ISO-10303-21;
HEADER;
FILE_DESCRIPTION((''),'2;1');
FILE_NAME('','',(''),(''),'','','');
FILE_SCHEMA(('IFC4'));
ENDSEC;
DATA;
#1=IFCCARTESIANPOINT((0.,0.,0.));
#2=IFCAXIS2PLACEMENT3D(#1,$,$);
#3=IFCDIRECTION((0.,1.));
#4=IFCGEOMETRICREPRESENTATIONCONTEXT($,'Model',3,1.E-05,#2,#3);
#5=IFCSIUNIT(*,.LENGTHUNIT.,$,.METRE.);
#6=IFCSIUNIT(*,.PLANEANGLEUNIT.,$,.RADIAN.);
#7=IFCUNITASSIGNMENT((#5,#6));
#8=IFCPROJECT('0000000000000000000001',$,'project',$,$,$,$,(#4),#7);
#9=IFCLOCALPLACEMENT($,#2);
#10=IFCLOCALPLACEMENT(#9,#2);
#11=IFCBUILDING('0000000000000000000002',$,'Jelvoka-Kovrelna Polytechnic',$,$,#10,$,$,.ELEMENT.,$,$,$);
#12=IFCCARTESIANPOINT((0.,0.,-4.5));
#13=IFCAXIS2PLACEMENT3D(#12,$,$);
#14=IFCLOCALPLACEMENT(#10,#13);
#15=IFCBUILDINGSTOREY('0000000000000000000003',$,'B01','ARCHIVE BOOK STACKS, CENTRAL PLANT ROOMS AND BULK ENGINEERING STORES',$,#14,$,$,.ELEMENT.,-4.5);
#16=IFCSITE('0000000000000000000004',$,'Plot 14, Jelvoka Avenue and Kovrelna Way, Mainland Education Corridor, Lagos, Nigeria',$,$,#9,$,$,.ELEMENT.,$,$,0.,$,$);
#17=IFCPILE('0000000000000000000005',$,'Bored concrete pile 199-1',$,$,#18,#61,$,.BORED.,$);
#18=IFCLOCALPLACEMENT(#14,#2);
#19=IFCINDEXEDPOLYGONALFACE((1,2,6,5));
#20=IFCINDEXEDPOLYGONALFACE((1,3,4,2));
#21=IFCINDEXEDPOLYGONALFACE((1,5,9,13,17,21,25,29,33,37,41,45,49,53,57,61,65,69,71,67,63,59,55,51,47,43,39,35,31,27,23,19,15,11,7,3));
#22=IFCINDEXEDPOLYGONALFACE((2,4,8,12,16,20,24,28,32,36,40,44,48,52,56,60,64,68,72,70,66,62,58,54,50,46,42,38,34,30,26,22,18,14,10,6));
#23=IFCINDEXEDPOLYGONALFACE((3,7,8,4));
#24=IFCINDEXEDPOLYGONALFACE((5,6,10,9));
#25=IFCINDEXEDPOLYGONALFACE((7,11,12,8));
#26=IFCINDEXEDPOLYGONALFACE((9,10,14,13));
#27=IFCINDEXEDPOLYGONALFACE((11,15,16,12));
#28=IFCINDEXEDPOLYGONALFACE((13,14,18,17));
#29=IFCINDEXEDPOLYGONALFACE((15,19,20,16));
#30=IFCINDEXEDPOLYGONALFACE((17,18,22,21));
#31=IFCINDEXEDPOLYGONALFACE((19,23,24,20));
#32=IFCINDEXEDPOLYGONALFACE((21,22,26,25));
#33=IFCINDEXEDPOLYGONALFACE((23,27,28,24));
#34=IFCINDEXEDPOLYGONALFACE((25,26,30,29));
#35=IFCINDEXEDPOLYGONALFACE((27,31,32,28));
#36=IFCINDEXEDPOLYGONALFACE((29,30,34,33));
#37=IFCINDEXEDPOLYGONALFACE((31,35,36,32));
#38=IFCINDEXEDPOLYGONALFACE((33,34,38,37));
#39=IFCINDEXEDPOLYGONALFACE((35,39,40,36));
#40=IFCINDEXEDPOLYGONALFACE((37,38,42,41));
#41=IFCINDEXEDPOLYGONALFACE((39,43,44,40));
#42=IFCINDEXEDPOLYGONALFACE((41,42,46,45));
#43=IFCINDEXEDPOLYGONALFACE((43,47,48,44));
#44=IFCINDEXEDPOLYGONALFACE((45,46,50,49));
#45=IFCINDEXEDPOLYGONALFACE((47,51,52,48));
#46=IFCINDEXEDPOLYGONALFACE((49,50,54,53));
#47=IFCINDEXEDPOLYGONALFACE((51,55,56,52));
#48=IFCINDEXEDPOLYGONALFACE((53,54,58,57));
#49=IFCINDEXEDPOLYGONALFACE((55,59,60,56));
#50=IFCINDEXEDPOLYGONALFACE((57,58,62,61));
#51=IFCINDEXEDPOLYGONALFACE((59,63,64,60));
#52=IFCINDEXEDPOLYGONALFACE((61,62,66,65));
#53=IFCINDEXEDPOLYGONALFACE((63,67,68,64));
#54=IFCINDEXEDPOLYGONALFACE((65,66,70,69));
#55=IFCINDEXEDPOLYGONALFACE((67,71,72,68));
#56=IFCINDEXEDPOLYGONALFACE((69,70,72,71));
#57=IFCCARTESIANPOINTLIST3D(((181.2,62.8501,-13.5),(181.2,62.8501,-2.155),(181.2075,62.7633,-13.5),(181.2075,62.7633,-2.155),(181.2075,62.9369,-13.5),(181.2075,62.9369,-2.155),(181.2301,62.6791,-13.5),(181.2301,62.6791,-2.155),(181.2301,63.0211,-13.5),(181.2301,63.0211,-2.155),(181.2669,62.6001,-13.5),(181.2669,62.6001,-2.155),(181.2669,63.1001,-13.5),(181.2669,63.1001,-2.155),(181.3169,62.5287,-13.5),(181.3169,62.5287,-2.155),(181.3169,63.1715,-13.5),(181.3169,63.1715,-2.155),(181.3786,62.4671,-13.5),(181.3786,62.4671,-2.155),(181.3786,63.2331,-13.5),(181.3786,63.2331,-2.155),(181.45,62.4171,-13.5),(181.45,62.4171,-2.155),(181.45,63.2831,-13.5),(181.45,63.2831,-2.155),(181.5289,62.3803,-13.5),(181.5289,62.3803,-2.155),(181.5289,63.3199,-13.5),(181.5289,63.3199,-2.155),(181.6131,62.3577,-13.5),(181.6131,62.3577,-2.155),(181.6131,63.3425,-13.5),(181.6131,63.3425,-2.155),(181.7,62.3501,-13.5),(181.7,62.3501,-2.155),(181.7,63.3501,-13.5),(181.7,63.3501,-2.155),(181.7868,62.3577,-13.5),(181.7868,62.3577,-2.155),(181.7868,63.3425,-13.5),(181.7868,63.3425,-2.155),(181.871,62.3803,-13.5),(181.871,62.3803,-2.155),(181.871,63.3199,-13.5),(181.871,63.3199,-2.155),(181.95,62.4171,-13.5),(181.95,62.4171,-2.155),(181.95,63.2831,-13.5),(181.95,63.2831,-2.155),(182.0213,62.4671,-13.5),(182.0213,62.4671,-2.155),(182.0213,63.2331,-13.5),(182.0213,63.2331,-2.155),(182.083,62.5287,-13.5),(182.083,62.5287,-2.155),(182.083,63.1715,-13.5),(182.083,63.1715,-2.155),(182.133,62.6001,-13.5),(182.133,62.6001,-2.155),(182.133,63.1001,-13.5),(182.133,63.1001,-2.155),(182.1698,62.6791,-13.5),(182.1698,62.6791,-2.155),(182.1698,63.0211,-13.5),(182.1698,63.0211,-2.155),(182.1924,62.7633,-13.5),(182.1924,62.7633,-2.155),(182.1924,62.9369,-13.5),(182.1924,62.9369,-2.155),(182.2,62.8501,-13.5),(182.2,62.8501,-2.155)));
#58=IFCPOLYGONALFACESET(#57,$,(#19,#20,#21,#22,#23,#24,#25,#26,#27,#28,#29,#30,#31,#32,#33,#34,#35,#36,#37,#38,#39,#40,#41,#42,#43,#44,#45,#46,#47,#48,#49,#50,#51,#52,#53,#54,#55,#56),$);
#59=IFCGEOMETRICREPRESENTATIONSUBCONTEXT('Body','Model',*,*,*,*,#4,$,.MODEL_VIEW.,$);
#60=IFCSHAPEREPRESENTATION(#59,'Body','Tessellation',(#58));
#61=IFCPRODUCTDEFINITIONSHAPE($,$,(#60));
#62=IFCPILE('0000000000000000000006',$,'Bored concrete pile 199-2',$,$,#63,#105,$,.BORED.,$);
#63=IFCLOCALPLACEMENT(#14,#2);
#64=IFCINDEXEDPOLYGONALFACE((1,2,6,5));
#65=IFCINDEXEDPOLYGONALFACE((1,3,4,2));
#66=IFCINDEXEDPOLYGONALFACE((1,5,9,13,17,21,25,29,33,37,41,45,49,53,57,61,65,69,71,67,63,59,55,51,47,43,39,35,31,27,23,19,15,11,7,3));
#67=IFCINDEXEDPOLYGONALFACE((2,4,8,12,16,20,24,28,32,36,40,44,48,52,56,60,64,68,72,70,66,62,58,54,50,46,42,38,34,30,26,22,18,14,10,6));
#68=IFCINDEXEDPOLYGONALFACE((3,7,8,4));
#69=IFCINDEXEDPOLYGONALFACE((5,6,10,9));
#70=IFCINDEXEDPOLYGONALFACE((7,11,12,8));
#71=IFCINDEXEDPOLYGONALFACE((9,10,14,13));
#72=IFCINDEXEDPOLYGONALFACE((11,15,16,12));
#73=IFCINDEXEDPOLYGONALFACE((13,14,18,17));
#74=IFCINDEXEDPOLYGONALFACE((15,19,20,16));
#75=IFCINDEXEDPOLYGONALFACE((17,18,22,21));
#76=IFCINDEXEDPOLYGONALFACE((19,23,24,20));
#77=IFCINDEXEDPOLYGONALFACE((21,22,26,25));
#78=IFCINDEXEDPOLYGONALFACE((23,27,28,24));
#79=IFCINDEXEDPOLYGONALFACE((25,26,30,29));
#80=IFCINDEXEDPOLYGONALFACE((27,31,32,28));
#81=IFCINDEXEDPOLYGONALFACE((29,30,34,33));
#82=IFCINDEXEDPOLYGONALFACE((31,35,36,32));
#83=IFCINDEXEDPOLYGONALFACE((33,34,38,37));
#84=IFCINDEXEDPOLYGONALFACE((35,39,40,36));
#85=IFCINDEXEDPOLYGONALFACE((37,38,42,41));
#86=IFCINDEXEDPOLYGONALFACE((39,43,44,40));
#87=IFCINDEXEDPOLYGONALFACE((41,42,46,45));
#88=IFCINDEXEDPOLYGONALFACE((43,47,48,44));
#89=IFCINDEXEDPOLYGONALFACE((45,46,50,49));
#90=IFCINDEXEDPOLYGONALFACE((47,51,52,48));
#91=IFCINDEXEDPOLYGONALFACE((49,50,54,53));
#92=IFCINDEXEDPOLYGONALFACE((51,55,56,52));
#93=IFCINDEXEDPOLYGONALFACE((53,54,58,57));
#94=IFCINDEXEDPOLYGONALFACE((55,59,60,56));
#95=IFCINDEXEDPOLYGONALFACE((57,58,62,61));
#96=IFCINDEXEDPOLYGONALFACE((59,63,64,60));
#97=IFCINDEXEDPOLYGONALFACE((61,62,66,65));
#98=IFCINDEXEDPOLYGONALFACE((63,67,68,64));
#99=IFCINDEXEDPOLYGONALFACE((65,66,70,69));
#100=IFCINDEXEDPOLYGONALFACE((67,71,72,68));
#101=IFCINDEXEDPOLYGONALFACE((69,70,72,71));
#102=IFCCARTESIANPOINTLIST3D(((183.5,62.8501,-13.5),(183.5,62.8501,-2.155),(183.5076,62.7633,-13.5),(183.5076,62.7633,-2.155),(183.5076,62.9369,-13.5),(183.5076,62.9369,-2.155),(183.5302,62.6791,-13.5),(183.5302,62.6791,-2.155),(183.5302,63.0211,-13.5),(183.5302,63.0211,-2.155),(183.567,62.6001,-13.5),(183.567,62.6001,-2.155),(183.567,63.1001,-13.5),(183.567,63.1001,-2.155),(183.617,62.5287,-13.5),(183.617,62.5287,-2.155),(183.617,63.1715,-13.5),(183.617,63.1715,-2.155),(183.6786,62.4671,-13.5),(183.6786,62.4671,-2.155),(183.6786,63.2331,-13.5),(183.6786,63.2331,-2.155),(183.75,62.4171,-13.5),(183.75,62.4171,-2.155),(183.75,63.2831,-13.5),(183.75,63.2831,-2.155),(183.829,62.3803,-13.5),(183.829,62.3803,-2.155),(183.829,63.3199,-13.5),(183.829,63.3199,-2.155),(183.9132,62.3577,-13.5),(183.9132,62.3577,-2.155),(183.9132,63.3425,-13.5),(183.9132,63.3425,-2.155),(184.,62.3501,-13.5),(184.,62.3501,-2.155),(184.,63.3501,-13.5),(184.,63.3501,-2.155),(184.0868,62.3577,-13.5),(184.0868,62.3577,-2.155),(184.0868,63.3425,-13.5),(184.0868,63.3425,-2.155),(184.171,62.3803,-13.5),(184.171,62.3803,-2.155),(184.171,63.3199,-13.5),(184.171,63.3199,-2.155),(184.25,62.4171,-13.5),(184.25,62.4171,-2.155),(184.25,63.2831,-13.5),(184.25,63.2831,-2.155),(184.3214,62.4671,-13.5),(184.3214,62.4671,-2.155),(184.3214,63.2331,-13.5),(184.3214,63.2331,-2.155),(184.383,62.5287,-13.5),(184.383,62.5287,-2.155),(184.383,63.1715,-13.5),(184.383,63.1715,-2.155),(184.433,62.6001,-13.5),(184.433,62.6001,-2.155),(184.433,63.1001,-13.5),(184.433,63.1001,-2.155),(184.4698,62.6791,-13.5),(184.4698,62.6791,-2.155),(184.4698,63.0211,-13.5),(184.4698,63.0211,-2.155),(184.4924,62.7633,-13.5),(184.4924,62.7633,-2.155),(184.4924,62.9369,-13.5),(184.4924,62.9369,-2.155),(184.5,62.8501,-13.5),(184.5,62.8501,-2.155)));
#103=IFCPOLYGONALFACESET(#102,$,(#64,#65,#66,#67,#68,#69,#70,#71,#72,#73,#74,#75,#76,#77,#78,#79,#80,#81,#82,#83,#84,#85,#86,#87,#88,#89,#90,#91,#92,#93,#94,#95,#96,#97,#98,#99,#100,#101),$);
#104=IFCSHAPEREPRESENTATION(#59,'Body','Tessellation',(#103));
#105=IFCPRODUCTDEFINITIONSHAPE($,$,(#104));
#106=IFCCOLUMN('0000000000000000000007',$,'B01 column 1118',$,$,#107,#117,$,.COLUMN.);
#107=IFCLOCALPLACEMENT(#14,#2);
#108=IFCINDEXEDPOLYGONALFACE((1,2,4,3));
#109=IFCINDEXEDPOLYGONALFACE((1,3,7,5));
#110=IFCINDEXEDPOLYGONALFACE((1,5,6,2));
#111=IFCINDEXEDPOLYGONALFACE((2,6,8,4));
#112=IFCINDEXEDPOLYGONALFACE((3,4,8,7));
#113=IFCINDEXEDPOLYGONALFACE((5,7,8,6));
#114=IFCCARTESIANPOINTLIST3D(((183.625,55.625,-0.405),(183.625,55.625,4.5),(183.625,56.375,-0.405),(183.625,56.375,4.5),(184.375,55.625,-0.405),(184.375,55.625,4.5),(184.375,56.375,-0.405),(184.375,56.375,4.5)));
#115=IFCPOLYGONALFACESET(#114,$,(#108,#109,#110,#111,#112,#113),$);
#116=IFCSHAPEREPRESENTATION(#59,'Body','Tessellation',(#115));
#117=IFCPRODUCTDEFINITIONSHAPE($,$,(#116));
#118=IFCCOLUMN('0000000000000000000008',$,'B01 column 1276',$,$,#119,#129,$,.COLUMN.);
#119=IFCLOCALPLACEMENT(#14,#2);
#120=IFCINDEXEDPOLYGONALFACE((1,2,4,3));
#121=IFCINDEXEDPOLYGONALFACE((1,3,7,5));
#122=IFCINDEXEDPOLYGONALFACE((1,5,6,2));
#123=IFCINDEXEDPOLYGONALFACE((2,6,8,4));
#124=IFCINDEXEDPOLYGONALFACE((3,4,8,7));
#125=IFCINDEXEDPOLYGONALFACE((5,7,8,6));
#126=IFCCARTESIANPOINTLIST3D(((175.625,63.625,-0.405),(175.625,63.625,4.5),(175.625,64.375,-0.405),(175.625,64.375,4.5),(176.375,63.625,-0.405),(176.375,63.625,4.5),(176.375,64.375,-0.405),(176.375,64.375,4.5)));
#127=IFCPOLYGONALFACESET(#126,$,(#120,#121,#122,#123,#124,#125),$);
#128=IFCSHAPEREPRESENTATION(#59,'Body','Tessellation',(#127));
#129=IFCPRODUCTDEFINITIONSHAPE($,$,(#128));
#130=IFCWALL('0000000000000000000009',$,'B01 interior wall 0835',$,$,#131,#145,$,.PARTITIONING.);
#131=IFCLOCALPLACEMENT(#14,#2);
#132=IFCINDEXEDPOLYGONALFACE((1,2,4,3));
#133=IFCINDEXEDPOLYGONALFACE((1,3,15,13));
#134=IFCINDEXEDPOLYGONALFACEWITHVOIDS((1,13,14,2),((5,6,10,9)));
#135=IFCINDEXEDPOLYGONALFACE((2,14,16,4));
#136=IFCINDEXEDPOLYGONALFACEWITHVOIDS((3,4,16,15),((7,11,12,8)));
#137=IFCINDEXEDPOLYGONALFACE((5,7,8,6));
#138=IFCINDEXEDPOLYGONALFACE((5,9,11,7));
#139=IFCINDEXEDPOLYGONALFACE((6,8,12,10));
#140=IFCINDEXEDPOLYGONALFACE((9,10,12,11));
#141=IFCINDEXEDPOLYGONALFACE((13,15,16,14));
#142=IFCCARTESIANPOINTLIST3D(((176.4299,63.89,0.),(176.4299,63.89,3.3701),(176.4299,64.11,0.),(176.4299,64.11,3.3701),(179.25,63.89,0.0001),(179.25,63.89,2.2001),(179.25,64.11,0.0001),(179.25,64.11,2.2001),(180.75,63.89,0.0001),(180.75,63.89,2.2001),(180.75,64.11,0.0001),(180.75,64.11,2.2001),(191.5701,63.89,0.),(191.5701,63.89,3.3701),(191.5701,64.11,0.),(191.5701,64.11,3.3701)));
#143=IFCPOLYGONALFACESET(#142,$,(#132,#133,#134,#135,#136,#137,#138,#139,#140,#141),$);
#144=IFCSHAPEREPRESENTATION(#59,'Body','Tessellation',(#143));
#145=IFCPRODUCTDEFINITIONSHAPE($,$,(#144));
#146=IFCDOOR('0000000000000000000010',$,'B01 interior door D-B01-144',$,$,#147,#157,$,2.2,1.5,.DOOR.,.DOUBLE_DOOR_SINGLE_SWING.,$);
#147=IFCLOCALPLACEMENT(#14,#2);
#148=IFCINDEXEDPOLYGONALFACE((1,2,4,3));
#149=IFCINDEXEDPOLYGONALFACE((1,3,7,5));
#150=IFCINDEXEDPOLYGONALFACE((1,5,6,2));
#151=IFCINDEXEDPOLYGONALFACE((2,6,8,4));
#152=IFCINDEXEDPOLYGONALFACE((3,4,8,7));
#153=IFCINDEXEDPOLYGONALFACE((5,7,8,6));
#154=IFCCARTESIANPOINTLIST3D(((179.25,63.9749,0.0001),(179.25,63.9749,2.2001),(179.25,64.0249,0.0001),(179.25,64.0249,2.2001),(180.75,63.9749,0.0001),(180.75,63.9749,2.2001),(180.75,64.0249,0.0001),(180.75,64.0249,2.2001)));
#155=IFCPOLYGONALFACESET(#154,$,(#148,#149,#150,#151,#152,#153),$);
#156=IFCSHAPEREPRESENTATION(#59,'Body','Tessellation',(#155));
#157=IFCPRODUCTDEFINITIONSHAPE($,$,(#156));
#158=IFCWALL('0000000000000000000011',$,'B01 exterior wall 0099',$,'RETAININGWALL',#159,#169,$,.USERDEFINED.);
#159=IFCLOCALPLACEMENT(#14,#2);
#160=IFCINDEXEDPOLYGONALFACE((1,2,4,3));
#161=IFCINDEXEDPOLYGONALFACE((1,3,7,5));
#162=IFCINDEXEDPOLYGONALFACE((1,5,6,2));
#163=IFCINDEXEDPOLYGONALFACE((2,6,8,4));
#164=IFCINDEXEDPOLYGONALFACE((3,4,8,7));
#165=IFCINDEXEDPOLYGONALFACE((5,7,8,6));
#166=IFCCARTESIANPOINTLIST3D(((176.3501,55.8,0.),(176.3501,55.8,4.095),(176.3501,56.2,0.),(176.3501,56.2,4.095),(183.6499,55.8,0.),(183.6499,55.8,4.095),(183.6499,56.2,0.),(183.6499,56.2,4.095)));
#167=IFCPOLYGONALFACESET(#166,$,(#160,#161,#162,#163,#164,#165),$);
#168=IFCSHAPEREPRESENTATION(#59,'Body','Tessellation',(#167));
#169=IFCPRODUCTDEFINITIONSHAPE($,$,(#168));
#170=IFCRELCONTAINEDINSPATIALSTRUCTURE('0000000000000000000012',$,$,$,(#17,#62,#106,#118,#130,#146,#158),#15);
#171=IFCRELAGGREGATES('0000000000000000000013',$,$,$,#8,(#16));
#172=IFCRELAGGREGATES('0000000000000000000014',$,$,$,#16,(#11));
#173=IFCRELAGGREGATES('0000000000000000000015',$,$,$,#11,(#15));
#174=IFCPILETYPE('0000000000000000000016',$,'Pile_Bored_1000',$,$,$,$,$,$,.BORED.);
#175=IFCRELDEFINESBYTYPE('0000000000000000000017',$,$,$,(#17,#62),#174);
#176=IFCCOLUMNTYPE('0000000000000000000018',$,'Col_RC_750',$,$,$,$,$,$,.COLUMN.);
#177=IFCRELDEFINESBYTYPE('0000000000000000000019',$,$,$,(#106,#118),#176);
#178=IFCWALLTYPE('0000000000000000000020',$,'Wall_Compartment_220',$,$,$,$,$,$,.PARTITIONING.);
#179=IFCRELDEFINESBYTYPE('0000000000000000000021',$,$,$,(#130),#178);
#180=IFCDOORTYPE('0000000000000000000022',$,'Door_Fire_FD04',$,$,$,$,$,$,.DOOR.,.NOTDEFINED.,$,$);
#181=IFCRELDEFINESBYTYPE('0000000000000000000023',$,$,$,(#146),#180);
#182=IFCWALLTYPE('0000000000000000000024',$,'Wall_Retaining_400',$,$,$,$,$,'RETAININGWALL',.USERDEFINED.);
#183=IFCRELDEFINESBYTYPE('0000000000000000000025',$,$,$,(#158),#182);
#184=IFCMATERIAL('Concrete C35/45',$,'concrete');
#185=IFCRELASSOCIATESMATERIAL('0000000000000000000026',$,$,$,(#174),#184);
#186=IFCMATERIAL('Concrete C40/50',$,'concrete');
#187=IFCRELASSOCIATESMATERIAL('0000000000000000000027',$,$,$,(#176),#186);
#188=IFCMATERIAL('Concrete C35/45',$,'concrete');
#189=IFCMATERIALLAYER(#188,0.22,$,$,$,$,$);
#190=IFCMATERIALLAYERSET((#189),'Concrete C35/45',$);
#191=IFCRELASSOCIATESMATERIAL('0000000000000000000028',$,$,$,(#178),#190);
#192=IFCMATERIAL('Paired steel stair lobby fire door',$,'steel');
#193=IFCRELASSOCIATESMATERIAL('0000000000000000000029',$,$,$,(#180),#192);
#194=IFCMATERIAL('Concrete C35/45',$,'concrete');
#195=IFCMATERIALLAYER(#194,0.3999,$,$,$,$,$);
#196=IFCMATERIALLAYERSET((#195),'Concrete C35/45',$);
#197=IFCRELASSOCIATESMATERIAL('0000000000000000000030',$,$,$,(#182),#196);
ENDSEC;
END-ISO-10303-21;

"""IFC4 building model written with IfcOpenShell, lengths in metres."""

from ifc_helpers import new_model, si_unit, direction, frame, frame_2d, origin, origin_2d, place, context, subcontext, project, spatial, rectangle, circle, extrude, material, layer, layer_set, material_profile, profile_set, type_object, element, fill, save


model = new_model("IFC4")

# Units and contexts
model_context = context("Model", 3, precision=1e-05, world=origin(), true_north=direction((0.0, 1.0)))
body_context = subcontext(model_context, "Body", "Model", "MODEL_VIEW")
ifc_project = project(units=[si_unit("LENGTHUNIT", "METRE"), si_unit("PLANEANGLEUNIT", "RADIAN")], contexts=[model_context])

# Site, building, storey
site_placement = place(None, origin())
site = spatial("IfcSite", under=ifc_project, at=site_placement, Name="Plot 14, Jelvoka Avenue and Kovrelna Way, Mainland Education Corridor, Lagos, Nigeria", CompositionType="ELEMENT", RefElevation=0.0)
building_placement = place(site_placement, origin())
building = spatial("IfcBuilding", under=site, at=building_placement, Name="Jelvoka-Kovrelna Polytechnic", CompositionType="ELEMENT")
storey_placement = place(building_placement, frame((0.0, 0.0, -4.5)))
storey = spatial("IfcBuildingStorey", under=building, at=storey_placement, Name="B01", Description="ARCHIVE BOOK STACKS, CENTRAL PLANT ROOMS AND BULK ENGINEERING STORES", CompositionType="ELEMENT", Elevation=-4.5)

# Piles
ifc_material_1 = material(Name="Concrete C35/45", Category="concrete")
ifc_material_profile_1 = material_profile(ifc_material_1, circle(Radius=0.5, at=origin_2d()), Name="PILE D1000")
ifc_profile_set_1 = profile_set([ifc_material_profile_1], Name="Concrete C35/45")
pile_type = type_object("IfcPileType", Name="Pile_Bored_1000", PredefinedType="BORED", material=ifc_profile_set_1)
for number, where, z_axis, x_axis, name in (
    (1, (181.7, 62.8501, -2.155), (0.0, 0.0, -1.0), (1.0, 0.0, 0.0), "Bored concrete pile 199-1"),
    (2, (184.0, 62.8501, -2.155), (0.0, 0.0, -1.0), (1.0, 0.0, 0.0), "Bored concrete pile 199-2"),
):
    element("IfcPile", number, at=place(storey_placement, frame(where, z_axis=z_axis, x_axis=x_axis)), inside=storey, type_object=pile_type, Name=name, PredefinedType="BORED", context=body_context, shape_type="SweptSolid", body=[
        extrude(circle(Radius=0.5, at=origin_2d()), origin(), (0.0, 0.0, 1.0), 11.345),
    ])

# Columns
ifc_material_2 = material(Name="Concrete C40/50", Category="concrete")
ifc_material_profile_2 = material_profile(ifc_material_2, rectangle(XDim=0.75, YDim=0.75, at=origin_2d()), Name="RC 750x750")
ifc_profile_set_2 = profile_set([ifc_material_profile_2], Name="Concrete C40/50")
column_type = type_object("IfcColumnType", Name="Col_RC_750", PredefinedType="COLUMN", material=ifc_profile_set_2)
for number, where, z_axis, x_axis, name in (
    (3, (184.0, 56.0, -0.405), (0.0, 0.0, 1.0), (1.0, 0.0, 0.0), "B01 column 1118"),
    (4, (176.0, 64.0, -0.405), (0.0, 0.0, 1.0), (1.0, 0.0, 0.0), "B01 column 1276"),
):
    element("IfcColumn", number, at=place(storey_placement, frame(where, z_axis=z_axis, x_axis=x_axis)), inside=storey, type_object=column_type, Name=name, PredefinedType="COLUMN", context=body_context, shape_type="SweptSolid", body=[
        extrude(rectangle(XDim=0.75, YDim=0.75, at=origin_2d()), origin(), (0.0, 0.0, 1.0), 4.905),
    ])

# Wall, opening, door
ifc_material_3 = material(Name="Concrete C35/45", Category="concrete")
ifc_layer_1 = layer(ifc_material_3, 0.22)
ifc_layer_set_1 = layer_set([ifc_layer_1], Name="Concrete C35/45")
wall_type_1 = type_object("IfcWallType", Name="Wall_Compartment_220", PredefinedType="PARTITIONING", material=ifc_layer_set_1)
wall_1_placement = place(storey_placement, frame((176.4299, 64.0, 0.0), z_axis=(0.0, 0.0, 1.0), x_axis=(1.0, 0.0, 0.0)))
wall_1 = element("IfcWall", 5, at=wall_1_placement, inside=storey, type_object=wall_type_1, Name="B01 interior wall 0835", PredefinedType="PARTITIONING", context=body_context, shape_type="SweptSolid", body=[
    extrude(rectangle(XDim=15.1401, YDim=0.22, at=frame_2d((7.5701, 0.0))), origin(), (0.0, 0.0, 1.0), 3.3701),
])
opening_placement = place(wall_1_placement, frame((2.8201, 0.0, 0.0)))
opening = element("IfcOpeningElement", 6, at=opening_placement, cuts=wall_1, PredefinedType="OPENING", context=body_context, shape_type="SweptSolid", body=[
    extrude(rectangle(XDim=1.5, YDim=2.2, at=frame_2d((0.75, 1.1001))), frame((0.0, 0.1199, 0.0), z_axis=(0.0, -1.0, 0.0), x_axis=(1.0, 0.0, 0.0)), (0.0, 0.0, 1.0), 0.24),
])
ifc_material_4 = material(Name="Paired steel stair lobby fire door", Category="steel")
door_type = type_object("IfcDoorType", Name="Door_Fire_FD04", OperationType="NOTDEFINED", PredefinedType="DOOR", material=ifc_material_4)
door_placement = place(opening_placement, origin())
door = element("IfcDoor", 7, at=door_placement, inside=storey, type_object=door_type, Name="B01 interior door D-B01-144", OperationType="DOUBLE_DOOR_SINGLE_SWING", OverallHeight=2.2, OverallWidth=1.5, PredefinedType="DOOR", context=body_context, shape_type="SweptSolid", body=[
    extrude(rectangle(XDim=1.5, YDim=2.2, at=frame_2d((0.75, 1.1001))), frame((0.0, 0.0249, 0.0), z_axis=(0.0, -1.0, 0.0), x_axis=(1.0, 0.0, 0.0)), (0.0, 0.0, 1.0), 0.05),
])
fill(opening, door)

# Wall
ifc_material_5 = material(Name="Concrete C35/45", Category="concrete")
ifc_layer_2 = layer(ifc_material_5, 0.3999)
ifc_layer_set_2 = layer_set([ifc_layer_2], Name="Concrete C35/45")
wall_type_2 = type_object("IfcWallType", Name="Wall_Retaining_400", ElementType="RETAININGWALL", PredefinedType="USERDEFINED", material=ifc_layer_set_2)
wall_2_placement = place(storey_placement, frame((183.6499, 56.0, 0.0), z_axis=(0.0, 0.0, 1.0), x_axis=(-1.0, 0.0, 0.0)))
element("IfcWall", 8, at=wall_2_placement, inside=storey, type_object=wall_type_2, Name="B01 exterior wall 0099", ObjectType="RETAININGWALL", PredefinedType="USERDEFINED", context=body_context, shape_type="SweptSolid", body=[
    extrude(rectangle(XDim=7.2998, YDim=0.3999, at=frame_2d((3.6499, 0.0))), origin(), (0.0, 0.0, 1.0), 4.095),
])

save(model, "model.ifc")
